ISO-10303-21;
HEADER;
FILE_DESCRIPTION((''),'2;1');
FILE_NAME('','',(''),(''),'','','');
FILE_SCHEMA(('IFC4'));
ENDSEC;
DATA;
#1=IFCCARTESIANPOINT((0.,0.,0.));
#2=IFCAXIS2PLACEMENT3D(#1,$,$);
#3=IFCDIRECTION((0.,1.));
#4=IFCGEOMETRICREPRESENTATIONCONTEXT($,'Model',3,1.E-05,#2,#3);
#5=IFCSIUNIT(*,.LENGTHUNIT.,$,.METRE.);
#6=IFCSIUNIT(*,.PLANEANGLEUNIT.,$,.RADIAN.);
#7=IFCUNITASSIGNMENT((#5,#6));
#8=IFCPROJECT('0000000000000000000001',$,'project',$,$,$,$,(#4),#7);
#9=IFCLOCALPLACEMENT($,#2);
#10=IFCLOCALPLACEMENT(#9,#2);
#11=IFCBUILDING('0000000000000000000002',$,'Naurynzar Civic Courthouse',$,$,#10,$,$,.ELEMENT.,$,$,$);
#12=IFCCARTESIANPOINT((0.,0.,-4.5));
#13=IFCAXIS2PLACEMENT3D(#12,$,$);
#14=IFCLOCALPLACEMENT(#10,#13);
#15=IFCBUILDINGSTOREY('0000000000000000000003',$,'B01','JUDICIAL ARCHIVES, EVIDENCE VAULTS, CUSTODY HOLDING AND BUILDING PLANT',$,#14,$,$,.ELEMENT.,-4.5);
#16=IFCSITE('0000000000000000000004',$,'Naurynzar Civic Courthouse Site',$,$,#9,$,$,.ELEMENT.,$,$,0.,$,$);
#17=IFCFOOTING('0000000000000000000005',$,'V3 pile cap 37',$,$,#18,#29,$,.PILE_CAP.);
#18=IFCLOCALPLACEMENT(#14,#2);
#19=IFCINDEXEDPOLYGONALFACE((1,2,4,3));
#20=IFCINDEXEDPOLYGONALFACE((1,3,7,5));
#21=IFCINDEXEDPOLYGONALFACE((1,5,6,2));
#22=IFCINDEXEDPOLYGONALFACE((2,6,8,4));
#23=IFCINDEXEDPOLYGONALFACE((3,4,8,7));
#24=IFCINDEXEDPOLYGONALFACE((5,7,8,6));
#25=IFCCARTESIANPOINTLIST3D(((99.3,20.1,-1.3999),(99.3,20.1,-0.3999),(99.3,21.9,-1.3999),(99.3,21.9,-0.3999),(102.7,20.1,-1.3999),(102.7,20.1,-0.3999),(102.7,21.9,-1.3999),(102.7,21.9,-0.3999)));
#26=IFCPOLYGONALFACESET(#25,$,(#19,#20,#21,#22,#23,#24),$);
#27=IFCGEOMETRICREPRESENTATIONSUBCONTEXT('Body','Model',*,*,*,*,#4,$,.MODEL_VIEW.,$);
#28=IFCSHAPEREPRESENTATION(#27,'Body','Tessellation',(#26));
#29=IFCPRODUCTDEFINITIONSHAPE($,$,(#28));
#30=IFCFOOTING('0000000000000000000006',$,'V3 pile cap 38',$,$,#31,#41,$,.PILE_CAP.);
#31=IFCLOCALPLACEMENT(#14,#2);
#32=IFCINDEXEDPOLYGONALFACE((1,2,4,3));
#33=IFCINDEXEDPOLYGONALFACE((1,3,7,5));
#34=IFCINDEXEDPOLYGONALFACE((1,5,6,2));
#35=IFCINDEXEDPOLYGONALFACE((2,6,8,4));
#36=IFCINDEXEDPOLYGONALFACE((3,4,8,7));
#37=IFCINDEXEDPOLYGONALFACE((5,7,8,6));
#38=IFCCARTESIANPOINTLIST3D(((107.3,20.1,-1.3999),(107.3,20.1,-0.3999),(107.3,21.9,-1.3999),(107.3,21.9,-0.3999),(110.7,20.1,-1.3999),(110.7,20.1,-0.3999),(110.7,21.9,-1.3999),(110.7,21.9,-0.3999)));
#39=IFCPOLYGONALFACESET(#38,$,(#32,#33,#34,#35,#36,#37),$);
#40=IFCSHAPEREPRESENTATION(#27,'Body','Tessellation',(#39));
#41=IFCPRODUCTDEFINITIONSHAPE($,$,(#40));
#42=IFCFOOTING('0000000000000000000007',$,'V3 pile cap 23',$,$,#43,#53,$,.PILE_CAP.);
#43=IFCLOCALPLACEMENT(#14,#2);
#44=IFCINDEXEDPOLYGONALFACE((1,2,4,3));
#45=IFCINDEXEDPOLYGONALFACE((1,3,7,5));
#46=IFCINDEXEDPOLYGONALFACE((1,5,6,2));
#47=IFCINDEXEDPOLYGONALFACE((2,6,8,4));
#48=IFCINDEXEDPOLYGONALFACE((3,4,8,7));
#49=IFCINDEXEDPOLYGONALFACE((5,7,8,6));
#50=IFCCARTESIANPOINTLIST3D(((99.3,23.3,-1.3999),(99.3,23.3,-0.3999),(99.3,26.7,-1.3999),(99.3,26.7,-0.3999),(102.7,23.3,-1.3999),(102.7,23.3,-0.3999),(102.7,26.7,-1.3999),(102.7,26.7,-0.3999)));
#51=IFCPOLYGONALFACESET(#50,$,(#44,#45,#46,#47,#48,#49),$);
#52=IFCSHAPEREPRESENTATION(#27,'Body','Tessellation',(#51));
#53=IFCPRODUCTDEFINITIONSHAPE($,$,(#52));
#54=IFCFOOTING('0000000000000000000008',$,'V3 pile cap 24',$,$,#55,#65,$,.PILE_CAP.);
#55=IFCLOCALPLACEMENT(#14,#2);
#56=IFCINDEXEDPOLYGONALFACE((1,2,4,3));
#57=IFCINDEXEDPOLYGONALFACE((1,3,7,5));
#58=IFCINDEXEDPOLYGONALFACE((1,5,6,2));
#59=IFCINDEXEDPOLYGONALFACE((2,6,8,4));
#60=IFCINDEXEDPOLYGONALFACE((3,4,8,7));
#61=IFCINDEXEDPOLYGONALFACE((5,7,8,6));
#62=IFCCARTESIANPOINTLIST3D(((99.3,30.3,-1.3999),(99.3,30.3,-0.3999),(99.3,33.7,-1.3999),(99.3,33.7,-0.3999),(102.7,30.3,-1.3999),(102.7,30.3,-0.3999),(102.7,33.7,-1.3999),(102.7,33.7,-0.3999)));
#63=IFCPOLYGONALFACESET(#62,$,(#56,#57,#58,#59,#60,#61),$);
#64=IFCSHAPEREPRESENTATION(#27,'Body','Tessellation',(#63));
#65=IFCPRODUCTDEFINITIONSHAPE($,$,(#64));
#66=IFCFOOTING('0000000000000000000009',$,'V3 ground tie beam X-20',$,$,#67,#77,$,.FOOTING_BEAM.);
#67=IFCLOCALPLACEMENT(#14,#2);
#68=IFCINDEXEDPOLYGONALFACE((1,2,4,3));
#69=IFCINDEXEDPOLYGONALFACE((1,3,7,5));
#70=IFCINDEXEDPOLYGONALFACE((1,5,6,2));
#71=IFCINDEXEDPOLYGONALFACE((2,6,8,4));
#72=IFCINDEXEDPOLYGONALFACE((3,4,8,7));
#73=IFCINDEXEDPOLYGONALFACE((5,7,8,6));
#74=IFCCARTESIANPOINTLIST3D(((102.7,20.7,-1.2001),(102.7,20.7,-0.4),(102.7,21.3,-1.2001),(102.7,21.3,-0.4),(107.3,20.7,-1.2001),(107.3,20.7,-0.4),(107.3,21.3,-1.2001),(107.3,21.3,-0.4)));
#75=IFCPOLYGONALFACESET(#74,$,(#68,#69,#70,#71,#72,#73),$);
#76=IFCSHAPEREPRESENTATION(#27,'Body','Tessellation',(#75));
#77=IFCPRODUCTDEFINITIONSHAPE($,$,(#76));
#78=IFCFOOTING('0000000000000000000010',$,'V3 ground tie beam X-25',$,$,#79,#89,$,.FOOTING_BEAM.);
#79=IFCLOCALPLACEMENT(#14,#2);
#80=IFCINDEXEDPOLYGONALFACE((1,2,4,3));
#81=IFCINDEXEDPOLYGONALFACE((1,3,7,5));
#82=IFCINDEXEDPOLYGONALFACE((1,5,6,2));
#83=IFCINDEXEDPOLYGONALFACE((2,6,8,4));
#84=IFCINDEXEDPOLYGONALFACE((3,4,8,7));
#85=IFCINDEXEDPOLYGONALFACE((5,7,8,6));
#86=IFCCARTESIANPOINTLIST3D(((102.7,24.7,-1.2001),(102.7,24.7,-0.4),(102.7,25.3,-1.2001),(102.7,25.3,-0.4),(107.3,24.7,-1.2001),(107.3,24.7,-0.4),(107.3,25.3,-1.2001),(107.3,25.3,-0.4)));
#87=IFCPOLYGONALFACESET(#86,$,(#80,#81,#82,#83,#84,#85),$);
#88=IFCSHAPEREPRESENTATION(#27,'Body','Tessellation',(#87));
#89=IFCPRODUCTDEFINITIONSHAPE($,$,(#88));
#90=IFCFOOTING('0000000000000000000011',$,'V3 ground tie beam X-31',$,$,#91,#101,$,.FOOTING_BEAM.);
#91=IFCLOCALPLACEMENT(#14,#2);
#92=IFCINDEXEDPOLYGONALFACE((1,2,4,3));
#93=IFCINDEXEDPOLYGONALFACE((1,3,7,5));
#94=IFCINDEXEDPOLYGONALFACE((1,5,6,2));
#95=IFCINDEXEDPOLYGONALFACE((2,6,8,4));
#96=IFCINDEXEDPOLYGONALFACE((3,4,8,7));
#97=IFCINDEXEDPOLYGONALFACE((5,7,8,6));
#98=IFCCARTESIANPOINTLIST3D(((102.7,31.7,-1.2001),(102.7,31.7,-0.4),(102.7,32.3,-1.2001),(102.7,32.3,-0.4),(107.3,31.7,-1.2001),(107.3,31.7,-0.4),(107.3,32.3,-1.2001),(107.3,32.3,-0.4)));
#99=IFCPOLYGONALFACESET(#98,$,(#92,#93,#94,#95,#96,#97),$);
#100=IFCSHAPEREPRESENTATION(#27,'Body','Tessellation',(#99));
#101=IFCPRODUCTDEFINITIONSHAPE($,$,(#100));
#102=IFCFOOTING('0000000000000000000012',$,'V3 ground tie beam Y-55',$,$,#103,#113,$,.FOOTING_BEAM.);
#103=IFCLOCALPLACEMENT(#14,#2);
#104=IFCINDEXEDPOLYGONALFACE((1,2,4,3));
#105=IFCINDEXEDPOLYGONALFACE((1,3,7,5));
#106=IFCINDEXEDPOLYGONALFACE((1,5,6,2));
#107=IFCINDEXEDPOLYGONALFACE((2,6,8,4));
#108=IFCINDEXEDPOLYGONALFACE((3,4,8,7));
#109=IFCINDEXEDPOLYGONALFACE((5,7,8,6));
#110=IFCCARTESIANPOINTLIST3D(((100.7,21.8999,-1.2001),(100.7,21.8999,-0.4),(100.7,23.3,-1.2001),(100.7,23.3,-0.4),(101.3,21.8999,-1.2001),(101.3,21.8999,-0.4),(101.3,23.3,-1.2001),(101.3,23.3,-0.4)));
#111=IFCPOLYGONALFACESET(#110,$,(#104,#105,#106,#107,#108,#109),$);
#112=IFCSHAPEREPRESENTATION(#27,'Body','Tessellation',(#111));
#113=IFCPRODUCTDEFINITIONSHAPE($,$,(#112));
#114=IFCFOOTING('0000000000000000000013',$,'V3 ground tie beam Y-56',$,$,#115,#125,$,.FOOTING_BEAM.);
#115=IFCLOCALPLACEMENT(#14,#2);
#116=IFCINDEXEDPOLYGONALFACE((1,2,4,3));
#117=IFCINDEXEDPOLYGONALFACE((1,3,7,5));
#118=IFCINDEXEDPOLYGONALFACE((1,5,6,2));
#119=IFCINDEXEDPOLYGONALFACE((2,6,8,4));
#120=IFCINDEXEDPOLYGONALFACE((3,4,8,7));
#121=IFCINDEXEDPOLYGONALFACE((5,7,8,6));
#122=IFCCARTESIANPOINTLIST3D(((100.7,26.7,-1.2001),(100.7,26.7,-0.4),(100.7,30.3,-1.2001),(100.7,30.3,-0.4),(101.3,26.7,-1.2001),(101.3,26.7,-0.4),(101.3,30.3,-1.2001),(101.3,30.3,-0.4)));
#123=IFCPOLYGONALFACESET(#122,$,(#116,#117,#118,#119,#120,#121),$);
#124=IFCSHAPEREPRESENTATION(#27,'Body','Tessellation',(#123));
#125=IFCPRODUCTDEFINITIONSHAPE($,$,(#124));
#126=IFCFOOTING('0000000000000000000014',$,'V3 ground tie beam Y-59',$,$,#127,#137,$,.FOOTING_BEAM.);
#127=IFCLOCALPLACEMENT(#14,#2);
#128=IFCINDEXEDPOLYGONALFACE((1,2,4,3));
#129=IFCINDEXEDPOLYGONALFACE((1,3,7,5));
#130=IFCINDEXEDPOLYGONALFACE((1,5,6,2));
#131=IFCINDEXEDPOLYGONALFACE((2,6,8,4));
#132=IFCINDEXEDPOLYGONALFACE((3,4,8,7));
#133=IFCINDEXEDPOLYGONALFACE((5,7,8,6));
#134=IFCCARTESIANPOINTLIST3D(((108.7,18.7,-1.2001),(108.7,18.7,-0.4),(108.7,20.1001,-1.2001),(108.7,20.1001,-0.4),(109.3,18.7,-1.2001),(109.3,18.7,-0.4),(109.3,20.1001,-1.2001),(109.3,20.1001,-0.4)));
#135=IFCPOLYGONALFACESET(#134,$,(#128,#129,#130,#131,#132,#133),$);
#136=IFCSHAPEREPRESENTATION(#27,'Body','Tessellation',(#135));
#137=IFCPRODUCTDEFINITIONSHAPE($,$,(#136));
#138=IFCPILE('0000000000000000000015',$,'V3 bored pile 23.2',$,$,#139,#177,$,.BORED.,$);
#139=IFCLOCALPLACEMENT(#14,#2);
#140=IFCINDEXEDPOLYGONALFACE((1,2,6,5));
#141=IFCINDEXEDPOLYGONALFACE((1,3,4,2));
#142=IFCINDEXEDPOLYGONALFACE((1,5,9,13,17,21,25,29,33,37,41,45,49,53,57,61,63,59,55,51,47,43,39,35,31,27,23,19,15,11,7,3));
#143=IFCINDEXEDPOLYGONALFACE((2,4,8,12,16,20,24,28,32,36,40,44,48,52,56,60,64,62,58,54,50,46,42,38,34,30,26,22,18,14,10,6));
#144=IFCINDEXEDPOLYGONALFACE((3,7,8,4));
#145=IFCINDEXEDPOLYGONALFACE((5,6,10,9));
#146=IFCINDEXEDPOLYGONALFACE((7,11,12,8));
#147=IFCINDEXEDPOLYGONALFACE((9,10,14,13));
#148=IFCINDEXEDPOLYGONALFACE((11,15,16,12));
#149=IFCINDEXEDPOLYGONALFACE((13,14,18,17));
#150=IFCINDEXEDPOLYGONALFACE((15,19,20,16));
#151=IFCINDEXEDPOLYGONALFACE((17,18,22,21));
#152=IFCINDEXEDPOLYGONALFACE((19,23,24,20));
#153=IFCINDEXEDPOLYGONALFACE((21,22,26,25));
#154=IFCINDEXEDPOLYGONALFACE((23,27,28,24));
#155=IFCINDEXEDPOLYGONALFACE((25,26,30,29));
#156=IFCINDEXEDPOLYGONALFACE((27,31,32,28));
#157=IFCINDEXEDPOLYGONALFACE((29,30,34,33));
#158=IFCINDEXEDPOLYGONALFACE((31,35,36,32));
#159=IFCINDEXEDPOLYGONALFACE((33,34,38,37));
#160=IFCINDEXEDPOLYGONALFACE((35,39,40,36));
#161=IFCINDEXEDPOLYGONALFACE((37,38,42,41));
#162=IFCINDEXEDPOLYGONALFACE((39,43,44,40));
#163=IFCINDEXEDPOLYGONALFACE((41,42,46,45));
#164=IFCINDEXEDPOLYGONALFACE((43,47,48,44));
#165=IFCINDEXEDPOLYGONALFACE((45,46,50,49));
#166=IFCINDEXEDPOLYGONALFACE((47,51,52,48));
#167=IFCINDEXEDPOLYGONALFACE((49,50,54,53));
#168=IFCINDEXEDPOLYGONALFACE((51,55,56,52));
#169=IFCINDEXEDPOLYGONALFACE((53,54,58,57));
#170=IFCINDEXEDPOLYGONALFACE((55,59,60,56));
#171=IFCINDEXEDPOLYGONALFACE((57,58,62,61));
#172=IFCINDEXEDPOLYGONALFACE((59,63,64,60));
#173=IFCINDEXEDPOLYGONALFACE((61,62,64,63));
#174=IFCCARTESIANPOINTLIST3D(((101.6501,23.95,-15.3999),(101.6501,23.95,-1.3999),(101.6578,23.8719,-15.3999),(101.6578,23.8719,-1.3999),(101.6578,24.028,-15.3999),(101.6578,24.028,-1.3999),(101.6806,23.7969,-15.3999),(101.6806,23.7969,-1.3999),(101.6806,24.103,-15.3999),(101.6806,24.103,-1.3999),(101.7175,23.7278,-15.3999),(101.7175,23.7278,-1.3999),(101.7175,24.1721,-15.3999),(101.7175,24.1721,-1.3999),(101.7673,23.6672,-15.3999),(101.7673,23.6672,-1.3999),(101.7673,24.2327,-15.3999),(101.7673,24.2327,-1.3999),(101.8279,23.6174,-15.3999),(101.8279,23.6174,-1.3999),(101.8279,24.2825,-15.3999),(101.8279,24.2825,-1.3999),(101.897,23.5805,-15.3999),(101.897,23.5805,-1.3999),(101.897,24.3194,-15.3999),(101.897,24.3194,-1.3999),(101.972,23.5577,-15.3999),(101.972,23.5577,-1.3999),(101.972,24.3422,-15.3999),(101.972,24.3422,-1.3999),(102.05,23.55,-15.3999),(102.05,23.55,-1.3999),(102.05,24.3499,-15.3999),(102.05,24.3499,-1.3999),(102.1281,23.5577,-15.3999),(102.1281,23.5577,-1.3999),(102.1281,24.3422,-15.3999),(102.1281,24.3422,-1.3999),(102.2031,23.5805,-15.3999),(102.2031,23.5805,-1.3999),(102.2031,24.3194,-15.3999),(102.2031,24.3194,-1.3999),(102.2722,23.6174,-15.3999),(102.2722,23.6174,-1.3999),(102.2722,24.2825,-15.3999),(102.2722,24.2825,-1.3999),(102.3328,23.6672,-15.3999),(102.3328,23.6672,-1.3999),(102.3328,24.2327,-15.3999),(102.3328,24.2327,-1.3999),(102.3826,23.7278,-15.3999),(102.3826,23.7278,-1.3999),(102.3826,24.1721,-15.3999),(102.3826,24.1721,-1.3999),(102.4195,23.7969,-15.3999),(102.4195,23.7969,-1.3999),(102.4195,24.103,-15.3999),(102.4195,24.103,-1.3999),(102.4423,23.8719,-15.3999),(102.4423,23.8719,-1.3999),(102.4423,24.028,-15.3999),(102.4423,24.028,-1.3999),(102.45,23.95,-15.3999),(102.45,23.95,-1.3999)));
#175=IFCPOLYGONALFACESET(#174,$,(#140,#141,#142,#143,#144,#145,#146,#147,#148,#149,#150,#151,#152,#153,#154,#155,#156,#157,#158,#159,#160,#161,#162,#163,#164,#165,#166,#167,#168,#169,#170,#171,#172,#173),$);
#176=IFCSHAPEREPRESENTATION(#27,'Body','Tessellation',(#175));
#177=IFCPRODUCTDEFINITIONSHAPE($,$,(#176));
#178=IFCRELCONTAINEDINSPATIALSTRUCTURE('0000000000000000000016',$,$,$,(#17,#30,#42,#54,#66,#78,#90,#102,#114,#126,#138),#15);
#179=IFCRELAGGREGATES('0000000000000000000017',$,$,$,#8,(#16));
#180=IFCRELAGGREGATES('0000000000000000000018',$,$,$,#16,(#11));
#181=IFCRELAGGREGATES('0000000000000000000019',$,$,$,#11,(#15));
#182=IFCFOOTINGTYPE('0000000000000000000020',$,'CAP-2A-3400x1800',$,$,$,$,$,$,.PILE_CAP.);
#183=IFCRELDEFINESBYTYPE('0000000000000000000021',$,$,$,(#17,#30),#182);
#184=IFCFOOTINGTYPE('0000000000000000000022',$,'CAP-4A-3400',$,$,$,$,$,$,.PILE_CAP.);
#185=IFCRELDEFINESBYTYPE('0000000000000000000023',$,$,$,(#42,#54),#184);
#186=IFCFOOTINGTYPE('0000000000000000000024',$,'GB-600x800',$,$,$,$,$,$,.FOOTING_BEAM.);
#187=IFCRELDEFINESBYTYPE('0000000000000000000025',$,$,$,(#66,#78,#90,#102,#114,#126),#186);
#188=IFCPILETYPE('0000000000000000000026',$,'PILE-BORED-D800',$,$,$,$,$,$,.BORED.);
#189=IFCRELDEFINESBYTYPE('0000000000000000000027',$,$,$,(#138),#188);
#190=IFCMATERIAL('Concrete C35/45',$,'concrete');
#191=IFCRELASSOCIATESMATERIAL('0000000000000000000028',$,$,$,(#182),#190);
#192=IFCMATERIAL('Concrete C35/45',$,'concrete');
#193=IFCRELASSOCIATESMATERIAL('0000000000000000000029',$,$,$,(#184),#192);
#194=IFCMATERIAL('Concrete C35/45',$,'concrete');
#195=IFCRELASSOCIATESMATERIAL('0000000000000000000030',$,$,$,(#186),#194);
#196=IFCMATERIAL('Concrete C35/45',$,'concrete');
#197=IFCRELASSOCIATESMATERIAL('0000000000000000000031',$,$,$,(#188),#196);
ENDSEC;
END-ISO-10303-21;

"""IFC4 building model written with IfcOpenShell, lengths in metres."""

from ifc_helpers import new_model, si_unit, direction, frame, origin, origin_2d, place, context, subcontext, project, spatial, rectangle, circle, extrude, material, material_profile, profile_set, type_object, element, save


model = new_model("IFC4")

# Units and contexts
model_context = context("Model", 3, precision=1e-05, world=origin(), true_north=direction((0.0, 1.0)))
body_context = subcontext(model_context, "Body", "Model", "MODEL_VIEW")
ifc_project = project(units=[si_unit("LENGTHUNIT", "METRE"), si_unit("PLANEANGLEUNIT", "RADIAN")], contexts=[model_context])

# Site, building, storey
site_placement = place(None, origin())
site = spatial("IfcSite", under=ifc_project, at=site_placement, Name="Naurynzar Civic Courthouse Site", CompositionType="ELEMENT", RefElevation=0.0)
building_placement = place(site_placement, origin())
building = spatial("IfcBuilding", under=site, at=building_placement, Name="Naurynzar Civic Courthouse", CompositionType="ELEMENT")
storey_placement = place(building_placement, frame((0.0, 0.0, -4.5)))
storey = spatial("IfcBuildingStorey", under=building, at=storey_placement, Name="B01", Description="JUDICIAL ARCHIVES, EVIDENCE VAULTS, CUSTODY HOLDING AND BUILDING PLANT", CompositionType="ELEMENT", Elevation=-4.5)

# Footings
ifc_material_1 = material(Name="Concrete C35/45", Category="concrete")
footing_type_1 = type_object("IfcFootingType", Name="CAP-2A-3400x1800", PredefinedType="PILE_CAP", material=ifc_material_1)
for number, where, z_axis, x_axis, name in (
    (1, (101.0, 21.0, -1.3999), (0.0, 0.0, 1.0), (1.0, 0.0, 0.0), "V3 pile cap 37"),
    (2, (109.0, 21.0, -1.3999), (0.0, 0.0, 1.0), (1.0, 0.0, 0.0), "V3 pile cap 38"),
):
    element("IfcFooting", number, at=place(storey_placement, frame(where, z_axis=z_axis, x_axis=x_axis)), inside=storey, type_object=footing_type_1, Name=name, PredefinedType="PILE_CAP", context=body_context, shape_type="SweptSolid", body=[
        extrude(rectangle(XDim=3.3999, YDim=1.8, at=origin_2d()), origin(), (0.0, 0.0, 1.0), 1.0),
    ])
ifc_material_2 = material(Name="Concrete C35/45", Category="concrete")
footing_type_2 = type_object("IfcFootingType", Name="CAP-4A-3400", PredefinedType="PILE_CAP", material=ifc_material_2)
for number, where, z_axis, x_axis, name in (
    (3, (101.0, 25.0, -1.3999), (0.0, 0.0, 1.0), (1.0, 0.0, 0.0), "V3 pile cap 23"),
    (4, (101.0, 32.0, -1.3999), (0.0, 0.0, 1.0), (1.0, 0.0, 0.0), "V3 pile cap 24"),
):
    element("IfcFooting", number, at=place(storey_placement, frame(where, z_axis=z_axis, x_axis=x_axis)), inside=storey, type_object=footing_type_2, Name=name, PredefinedType="PILE_CAP", context=body_context, shape_type="SweptSolid", body=[
        extrude(rectangle(XDim=3.3999, YDim=3.3999, at=origin_2d()), origin(), (0.0, 0.0, 1.0), 1.0),
    ])
ifc_material_3 = material(Name="Concrete C35/45", Category="concrete")
ifc_material_profile_1 = material_profile(ifc_material_3, rectangle(XDim=0.6001, YDim=0.8, at=origin_2d()), Name="GB 600x800")
ifc_profile_set_1 = profile_set([ifc_material_profile_1], Name="Concrete C35/45")
footing_type_3 = type_object("IfcFootingType", Name="GB-600x800", PredefinedType="FOOTING_BEAM", material=ifc_profile_set_1)
for number, where, z_axis, x_axis, name in (
    (5, (102.7, 21.0, -0.8), (1.0, 0.0, 0.0), (0.0, 1.0, 0.0), "V3 ground tie beam X-20"),
    (6, (102.7, 25.0, -0.8), (1.0, 0.0, 0.0), (0.0, 1.0, 0.0), "V3 ground tie beam X-25"),
    (7, (102.7, 32.0, -0.8), (1.0, 0.0, 0.0), (0.0, 1.0, 0.0), "V3 ground tie beam X-31"),
):
    element("IfcFooting", number, at=place(storey_placement, frame(where, z_axis=z_axis, x_axis=x_axis)), inside=storey, type_object=footing_type_3, Name=name, PredefinedType="FOOTING_BEAM", context=body_context, shape_type="SweptSolid", body=[
        extrude(rectangle(XDim=0.6001, YDim=0.8, at=origin_2d()), origin(), (0.0, 0.0, 1.0), 4.6001),
    ])
footing_1_placement = place(storey_placement, frame((101.0, 21.8999, -0.8), z_axis=(0.0, 1.0, 0.0), x_axis=(-1.0, 0.0, 0.0)))
element("IfcFooting", 8, at=footing_1_placement, inside=storey, type_object=footing_type_3, Name="V3 ground tie beam Y-55", PredefinedType="FOOTING_BEAM", context=body_context, shape_type="SweptSolid", body=[
    extrude(rectangle(XDim=0.6001, YDim=0.8, at=origin_2d()), origin(), (0.0, 0.0, 1.0), 1.4001),
])
footing_2_placement = place(storey_placement, frame((101.0, 26.7, -0.8), z_axis=(0.0, 1.0, 0.0), x_axis=(-1.0, 0.0, 0.0)))
element("IfcFooting", 9, at=footing_2_placement, inside=storey, type_object=footing_type_3, Name="V3 ground tie beam Y-56", PredefinedType="FOOTING_BEAM", context=body_context, shape_type="SweptSolid", body=[
    extrude(rectangle(XDim=0.6001, YDim=0.8, at=origin_2d()), origin(), (0.0, 0.0, 1.0), 3.6001),
])
footing_3_placement = place(storey_placement, frame((109.0, 18.7, -0.8), z_axis=(0.0, 1.0, 0.0), x_axis=(-1.0, 0.0, 0.0)))
element("IfcFooting", 10, at=footing_3_placement, inside=storey, type_object=footing_type_3, Name="V3 ground tie beam Y-59", PredefinedType="FOOTING_BEAM", context=body_context, shape_type="SweptSolid", body=[
    extrude(rectangle(XDim=0.6001, YDim=0.8, at=origin_2d()), origin(), (0.0, 0.0, 1.0), 1.4001),
])

# Pile
ifc_material_4 = material(Name="Concrete C35/45", Category="concrete")
ifc_material_profile_2 = material_profile(ifc_material_4, circle(Radius=0.3999, at=origin_2d()), Name="PILE D800")
ifc_profile_set_2 = profile_set([ifc_material_profile_2], Name="Concrete C35/45")
pile_type = type_object("IfcPileType", Name="PILE-BORED-D800", PredefinedType="BORED", material=ifc_profile_set_2)
for number, where, z_axis, x_axis, name in (
    (11, (102.05, 23.95, -1.3999), (0.0, 0.0, -1.0), (1.0, 0.0, 0.0), "V3 bored pile 23.2"),
):
    element("IfcPile", number, at=place(storey_placement, frame(where, z_axis=z_axis, x_axis=x_axis)), inside=storey, type_object=pile_type, Name=name, PredefinedType="BORED", context=body_context, shape_type="SweptSolid", body=[
        extrude(circle(Radius=0.3999, at=origin_2d()), origin(), (0.0, 0.0, 1.0), 14.0),
    ])

save(model, "model.ifc")
